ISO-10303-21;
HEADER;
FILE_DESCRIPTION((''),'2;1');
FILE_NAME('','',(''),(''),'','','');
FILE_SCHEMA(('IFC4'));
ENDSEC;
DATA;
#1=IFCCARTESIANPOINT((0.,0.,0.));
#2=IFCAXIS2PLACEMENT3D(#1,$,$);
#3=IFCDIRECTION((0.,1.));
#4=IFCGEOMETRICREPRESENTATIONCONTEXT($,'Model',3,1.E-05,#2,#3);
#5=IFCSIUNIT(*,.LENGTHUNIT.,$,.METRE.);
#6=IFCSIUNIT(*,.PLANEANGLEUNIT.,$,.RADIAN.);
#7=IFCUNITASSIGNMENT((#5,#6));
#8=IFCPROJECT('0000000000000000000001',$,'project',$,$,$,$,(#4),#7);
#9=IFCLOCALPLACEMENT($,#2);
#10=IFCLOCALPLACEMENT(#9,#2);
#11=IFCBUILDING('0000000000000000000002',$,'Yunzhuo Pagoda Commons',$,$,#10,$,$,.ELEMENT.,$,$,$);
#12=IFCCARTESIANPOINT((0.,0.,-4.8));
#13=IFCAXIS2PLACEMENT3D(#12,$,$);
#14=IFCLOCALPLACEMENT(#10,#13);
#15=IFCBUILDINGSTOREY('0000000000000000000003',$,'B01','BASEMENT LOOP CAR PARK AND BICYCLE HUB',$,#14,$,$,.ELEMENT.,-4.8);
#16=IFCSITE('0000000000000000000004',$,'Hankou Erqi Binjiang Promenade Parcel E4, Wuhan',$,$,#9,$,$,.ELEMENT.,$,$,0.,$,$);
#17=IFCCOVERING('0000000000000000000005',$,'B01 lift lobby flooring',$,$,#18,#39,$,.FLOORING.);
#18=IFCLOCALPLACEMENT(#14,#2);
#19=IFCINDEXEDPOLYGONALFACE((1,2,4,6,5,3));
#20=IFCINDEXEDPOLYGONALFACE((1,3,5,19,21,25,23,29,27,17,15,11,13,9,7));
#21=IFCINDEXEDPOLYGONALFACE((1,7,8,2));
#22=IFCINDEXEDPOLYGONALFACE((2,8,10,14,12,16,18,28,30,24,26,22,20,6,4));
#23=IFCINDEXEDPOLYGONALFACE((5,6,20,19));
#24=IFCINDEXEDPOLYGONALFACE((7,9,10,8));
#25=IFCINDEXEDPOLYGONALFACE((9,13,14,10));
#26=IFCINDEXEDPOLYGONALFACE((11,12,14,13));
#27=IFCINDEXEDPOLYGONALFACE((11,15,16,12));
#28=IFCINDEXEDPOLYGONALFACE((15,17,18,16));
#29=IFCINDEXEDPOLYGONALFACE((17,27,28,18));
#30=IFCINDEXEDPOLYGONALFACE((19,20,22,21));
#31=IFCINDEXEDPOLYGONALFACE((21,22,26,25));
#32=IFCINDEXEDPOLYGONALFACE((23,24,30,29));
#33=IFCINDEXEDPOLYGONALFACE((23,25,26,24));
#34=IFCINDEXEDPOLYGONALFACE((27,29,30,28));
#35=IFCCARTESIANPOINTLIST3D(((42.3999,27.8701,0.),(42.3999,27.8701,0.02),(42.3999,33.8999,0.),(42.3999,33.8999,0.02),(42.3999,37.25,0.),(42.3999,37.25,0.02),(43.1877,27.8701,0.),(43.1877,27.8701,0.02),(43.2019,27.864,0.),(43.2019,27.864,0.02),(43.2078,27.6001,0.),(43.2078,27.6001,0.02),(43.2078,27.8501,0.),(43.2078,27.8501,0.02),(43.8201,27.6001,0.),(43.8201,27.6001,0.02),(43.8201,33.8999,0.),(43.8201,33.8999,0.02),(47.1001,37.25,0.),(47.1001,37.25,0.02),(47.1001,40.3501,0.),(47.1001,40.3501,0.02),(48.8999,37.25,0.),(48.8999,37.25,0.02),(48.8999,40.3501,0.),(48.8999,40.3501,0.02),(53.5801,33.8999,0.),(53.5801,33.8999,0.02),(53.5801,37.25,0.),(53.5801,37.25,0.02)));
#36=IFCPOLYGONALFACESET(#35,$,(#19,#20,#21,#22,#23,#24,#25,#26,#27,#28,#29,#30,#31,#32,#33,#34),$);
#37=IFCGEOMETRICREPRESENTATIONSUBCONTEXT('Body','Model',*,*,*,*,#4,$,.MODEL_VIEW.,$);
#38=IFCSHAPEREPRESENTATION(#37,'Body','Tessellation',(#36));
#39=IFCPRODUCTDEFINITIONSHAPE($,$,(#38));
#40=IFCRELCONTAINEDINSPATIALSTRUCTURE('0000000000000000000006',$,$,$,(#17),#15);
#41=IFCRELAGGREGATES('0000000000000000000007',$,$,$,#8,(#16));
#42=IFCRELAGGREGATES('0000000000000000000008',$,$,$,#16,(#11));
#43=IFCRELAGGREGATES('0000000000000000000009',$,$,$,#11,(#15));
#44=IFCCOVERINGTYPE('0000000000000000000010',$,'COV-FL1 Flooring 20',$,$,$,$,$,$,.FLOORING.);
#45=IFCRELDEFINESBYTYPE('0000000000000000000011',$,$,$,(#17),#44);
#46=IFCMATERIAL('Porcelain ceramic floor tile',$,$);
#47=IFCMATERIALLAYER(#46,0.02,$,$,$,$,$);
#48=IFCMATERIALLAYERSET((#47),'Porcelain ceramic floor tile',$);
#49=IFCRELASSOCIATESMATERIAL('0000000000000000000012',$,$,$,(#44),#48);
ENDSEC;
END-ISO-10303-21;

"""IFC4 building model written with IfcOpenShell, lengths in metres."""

from ifc_helpers import new_model, si_unit, direction, frame, origin, place, context, subcontext, project, spatial, polyline, outline, extrude, material, layer, layer_set, type_object, element, save


model = new_model("IFC4")

# Units and contexts
model_context = context("Model", 3, precision=1e-05, world=origin(), true_north=direction((0.0, 1.0)))
body_context = subcontext(model_context, "Body", "Model", "MODEL_VIEW")
ifc_project = project(units=[si_unit("LENGTHUNIT", "METRE"), si_unit("PLANEANGLEUNIT", "RADIAN")], contexts=[model_context])

# Site, building, storey
site_placement = place(None, origin())
site = spatial("IfcSite", under=ifc_project, at=site_placement, Name="Hankou Erqi Binjiang Promenade Parcel E4, Wuhan", CompositionType="ELEMENT", RefElevation=0.0)
building_placement = place(site_placement, origin())
building = spatial("IfcBuilding", under=site, at=building_placement, Name="Yunzhuo Pagoda Commons", CompositionType="ELEMENT")
storey_placement = place(building_placement, frame((0.0, 0.0, -4.8)))
storey = spatial("IfcBuildingStorey", under=building, at=storey_placement, Name="B01", Description="BASEMENT LOOP CAR PARK AND BICYCLE HUB", CompositionType="ELEMENT", Elevation=-4.8)

# Covering
ifc_material_1 = material(Name="Porcelain ceramic floor tile")
ifc_layer_1 = layer(ifc_material_1, 0.02)
ifc_layer_set_1 = layer_set([ifc_layer_1], Name="Porcelain ceramic floor tile")
covering_type_1 = type_object("IfcCoveringType", Name="COV-FL1 Flooring 20", PredefinedType="FLOORING", material=ifc_layer_set_1)
covering_1_placement = place(storey_placement, origin())
element("IfcCovering", 1, at=covering_1_placement, inside=storey, type_object=covering_type_1, Name="B01 lift lobby flooring", PredefinedType="FLOORING", context=body_context, shape_type="SweptSolid", body=[
    extrude(outline(polyline([(43.2078, 27.8501), (43.2019, 27.864), (43.1877, 27.8701), (42.3999, 27.8701), (42.3999, 33.8999), (42.3999, 37.25), (47.1001, 37.25), (47.1001, 40.3501), (48.8999, 40.3501), (48.8999, 37.25), (53.5801, 37.25), (53.5801, 33.8999), (43.8201, 33.8999), (43.8201, 27.6001), (43.2078, 27.6001), (43.2078, 27.8501)])), origin(), (0.0, 0.0, 1.0), 0.02),
])

save(model, "model.ifc")
